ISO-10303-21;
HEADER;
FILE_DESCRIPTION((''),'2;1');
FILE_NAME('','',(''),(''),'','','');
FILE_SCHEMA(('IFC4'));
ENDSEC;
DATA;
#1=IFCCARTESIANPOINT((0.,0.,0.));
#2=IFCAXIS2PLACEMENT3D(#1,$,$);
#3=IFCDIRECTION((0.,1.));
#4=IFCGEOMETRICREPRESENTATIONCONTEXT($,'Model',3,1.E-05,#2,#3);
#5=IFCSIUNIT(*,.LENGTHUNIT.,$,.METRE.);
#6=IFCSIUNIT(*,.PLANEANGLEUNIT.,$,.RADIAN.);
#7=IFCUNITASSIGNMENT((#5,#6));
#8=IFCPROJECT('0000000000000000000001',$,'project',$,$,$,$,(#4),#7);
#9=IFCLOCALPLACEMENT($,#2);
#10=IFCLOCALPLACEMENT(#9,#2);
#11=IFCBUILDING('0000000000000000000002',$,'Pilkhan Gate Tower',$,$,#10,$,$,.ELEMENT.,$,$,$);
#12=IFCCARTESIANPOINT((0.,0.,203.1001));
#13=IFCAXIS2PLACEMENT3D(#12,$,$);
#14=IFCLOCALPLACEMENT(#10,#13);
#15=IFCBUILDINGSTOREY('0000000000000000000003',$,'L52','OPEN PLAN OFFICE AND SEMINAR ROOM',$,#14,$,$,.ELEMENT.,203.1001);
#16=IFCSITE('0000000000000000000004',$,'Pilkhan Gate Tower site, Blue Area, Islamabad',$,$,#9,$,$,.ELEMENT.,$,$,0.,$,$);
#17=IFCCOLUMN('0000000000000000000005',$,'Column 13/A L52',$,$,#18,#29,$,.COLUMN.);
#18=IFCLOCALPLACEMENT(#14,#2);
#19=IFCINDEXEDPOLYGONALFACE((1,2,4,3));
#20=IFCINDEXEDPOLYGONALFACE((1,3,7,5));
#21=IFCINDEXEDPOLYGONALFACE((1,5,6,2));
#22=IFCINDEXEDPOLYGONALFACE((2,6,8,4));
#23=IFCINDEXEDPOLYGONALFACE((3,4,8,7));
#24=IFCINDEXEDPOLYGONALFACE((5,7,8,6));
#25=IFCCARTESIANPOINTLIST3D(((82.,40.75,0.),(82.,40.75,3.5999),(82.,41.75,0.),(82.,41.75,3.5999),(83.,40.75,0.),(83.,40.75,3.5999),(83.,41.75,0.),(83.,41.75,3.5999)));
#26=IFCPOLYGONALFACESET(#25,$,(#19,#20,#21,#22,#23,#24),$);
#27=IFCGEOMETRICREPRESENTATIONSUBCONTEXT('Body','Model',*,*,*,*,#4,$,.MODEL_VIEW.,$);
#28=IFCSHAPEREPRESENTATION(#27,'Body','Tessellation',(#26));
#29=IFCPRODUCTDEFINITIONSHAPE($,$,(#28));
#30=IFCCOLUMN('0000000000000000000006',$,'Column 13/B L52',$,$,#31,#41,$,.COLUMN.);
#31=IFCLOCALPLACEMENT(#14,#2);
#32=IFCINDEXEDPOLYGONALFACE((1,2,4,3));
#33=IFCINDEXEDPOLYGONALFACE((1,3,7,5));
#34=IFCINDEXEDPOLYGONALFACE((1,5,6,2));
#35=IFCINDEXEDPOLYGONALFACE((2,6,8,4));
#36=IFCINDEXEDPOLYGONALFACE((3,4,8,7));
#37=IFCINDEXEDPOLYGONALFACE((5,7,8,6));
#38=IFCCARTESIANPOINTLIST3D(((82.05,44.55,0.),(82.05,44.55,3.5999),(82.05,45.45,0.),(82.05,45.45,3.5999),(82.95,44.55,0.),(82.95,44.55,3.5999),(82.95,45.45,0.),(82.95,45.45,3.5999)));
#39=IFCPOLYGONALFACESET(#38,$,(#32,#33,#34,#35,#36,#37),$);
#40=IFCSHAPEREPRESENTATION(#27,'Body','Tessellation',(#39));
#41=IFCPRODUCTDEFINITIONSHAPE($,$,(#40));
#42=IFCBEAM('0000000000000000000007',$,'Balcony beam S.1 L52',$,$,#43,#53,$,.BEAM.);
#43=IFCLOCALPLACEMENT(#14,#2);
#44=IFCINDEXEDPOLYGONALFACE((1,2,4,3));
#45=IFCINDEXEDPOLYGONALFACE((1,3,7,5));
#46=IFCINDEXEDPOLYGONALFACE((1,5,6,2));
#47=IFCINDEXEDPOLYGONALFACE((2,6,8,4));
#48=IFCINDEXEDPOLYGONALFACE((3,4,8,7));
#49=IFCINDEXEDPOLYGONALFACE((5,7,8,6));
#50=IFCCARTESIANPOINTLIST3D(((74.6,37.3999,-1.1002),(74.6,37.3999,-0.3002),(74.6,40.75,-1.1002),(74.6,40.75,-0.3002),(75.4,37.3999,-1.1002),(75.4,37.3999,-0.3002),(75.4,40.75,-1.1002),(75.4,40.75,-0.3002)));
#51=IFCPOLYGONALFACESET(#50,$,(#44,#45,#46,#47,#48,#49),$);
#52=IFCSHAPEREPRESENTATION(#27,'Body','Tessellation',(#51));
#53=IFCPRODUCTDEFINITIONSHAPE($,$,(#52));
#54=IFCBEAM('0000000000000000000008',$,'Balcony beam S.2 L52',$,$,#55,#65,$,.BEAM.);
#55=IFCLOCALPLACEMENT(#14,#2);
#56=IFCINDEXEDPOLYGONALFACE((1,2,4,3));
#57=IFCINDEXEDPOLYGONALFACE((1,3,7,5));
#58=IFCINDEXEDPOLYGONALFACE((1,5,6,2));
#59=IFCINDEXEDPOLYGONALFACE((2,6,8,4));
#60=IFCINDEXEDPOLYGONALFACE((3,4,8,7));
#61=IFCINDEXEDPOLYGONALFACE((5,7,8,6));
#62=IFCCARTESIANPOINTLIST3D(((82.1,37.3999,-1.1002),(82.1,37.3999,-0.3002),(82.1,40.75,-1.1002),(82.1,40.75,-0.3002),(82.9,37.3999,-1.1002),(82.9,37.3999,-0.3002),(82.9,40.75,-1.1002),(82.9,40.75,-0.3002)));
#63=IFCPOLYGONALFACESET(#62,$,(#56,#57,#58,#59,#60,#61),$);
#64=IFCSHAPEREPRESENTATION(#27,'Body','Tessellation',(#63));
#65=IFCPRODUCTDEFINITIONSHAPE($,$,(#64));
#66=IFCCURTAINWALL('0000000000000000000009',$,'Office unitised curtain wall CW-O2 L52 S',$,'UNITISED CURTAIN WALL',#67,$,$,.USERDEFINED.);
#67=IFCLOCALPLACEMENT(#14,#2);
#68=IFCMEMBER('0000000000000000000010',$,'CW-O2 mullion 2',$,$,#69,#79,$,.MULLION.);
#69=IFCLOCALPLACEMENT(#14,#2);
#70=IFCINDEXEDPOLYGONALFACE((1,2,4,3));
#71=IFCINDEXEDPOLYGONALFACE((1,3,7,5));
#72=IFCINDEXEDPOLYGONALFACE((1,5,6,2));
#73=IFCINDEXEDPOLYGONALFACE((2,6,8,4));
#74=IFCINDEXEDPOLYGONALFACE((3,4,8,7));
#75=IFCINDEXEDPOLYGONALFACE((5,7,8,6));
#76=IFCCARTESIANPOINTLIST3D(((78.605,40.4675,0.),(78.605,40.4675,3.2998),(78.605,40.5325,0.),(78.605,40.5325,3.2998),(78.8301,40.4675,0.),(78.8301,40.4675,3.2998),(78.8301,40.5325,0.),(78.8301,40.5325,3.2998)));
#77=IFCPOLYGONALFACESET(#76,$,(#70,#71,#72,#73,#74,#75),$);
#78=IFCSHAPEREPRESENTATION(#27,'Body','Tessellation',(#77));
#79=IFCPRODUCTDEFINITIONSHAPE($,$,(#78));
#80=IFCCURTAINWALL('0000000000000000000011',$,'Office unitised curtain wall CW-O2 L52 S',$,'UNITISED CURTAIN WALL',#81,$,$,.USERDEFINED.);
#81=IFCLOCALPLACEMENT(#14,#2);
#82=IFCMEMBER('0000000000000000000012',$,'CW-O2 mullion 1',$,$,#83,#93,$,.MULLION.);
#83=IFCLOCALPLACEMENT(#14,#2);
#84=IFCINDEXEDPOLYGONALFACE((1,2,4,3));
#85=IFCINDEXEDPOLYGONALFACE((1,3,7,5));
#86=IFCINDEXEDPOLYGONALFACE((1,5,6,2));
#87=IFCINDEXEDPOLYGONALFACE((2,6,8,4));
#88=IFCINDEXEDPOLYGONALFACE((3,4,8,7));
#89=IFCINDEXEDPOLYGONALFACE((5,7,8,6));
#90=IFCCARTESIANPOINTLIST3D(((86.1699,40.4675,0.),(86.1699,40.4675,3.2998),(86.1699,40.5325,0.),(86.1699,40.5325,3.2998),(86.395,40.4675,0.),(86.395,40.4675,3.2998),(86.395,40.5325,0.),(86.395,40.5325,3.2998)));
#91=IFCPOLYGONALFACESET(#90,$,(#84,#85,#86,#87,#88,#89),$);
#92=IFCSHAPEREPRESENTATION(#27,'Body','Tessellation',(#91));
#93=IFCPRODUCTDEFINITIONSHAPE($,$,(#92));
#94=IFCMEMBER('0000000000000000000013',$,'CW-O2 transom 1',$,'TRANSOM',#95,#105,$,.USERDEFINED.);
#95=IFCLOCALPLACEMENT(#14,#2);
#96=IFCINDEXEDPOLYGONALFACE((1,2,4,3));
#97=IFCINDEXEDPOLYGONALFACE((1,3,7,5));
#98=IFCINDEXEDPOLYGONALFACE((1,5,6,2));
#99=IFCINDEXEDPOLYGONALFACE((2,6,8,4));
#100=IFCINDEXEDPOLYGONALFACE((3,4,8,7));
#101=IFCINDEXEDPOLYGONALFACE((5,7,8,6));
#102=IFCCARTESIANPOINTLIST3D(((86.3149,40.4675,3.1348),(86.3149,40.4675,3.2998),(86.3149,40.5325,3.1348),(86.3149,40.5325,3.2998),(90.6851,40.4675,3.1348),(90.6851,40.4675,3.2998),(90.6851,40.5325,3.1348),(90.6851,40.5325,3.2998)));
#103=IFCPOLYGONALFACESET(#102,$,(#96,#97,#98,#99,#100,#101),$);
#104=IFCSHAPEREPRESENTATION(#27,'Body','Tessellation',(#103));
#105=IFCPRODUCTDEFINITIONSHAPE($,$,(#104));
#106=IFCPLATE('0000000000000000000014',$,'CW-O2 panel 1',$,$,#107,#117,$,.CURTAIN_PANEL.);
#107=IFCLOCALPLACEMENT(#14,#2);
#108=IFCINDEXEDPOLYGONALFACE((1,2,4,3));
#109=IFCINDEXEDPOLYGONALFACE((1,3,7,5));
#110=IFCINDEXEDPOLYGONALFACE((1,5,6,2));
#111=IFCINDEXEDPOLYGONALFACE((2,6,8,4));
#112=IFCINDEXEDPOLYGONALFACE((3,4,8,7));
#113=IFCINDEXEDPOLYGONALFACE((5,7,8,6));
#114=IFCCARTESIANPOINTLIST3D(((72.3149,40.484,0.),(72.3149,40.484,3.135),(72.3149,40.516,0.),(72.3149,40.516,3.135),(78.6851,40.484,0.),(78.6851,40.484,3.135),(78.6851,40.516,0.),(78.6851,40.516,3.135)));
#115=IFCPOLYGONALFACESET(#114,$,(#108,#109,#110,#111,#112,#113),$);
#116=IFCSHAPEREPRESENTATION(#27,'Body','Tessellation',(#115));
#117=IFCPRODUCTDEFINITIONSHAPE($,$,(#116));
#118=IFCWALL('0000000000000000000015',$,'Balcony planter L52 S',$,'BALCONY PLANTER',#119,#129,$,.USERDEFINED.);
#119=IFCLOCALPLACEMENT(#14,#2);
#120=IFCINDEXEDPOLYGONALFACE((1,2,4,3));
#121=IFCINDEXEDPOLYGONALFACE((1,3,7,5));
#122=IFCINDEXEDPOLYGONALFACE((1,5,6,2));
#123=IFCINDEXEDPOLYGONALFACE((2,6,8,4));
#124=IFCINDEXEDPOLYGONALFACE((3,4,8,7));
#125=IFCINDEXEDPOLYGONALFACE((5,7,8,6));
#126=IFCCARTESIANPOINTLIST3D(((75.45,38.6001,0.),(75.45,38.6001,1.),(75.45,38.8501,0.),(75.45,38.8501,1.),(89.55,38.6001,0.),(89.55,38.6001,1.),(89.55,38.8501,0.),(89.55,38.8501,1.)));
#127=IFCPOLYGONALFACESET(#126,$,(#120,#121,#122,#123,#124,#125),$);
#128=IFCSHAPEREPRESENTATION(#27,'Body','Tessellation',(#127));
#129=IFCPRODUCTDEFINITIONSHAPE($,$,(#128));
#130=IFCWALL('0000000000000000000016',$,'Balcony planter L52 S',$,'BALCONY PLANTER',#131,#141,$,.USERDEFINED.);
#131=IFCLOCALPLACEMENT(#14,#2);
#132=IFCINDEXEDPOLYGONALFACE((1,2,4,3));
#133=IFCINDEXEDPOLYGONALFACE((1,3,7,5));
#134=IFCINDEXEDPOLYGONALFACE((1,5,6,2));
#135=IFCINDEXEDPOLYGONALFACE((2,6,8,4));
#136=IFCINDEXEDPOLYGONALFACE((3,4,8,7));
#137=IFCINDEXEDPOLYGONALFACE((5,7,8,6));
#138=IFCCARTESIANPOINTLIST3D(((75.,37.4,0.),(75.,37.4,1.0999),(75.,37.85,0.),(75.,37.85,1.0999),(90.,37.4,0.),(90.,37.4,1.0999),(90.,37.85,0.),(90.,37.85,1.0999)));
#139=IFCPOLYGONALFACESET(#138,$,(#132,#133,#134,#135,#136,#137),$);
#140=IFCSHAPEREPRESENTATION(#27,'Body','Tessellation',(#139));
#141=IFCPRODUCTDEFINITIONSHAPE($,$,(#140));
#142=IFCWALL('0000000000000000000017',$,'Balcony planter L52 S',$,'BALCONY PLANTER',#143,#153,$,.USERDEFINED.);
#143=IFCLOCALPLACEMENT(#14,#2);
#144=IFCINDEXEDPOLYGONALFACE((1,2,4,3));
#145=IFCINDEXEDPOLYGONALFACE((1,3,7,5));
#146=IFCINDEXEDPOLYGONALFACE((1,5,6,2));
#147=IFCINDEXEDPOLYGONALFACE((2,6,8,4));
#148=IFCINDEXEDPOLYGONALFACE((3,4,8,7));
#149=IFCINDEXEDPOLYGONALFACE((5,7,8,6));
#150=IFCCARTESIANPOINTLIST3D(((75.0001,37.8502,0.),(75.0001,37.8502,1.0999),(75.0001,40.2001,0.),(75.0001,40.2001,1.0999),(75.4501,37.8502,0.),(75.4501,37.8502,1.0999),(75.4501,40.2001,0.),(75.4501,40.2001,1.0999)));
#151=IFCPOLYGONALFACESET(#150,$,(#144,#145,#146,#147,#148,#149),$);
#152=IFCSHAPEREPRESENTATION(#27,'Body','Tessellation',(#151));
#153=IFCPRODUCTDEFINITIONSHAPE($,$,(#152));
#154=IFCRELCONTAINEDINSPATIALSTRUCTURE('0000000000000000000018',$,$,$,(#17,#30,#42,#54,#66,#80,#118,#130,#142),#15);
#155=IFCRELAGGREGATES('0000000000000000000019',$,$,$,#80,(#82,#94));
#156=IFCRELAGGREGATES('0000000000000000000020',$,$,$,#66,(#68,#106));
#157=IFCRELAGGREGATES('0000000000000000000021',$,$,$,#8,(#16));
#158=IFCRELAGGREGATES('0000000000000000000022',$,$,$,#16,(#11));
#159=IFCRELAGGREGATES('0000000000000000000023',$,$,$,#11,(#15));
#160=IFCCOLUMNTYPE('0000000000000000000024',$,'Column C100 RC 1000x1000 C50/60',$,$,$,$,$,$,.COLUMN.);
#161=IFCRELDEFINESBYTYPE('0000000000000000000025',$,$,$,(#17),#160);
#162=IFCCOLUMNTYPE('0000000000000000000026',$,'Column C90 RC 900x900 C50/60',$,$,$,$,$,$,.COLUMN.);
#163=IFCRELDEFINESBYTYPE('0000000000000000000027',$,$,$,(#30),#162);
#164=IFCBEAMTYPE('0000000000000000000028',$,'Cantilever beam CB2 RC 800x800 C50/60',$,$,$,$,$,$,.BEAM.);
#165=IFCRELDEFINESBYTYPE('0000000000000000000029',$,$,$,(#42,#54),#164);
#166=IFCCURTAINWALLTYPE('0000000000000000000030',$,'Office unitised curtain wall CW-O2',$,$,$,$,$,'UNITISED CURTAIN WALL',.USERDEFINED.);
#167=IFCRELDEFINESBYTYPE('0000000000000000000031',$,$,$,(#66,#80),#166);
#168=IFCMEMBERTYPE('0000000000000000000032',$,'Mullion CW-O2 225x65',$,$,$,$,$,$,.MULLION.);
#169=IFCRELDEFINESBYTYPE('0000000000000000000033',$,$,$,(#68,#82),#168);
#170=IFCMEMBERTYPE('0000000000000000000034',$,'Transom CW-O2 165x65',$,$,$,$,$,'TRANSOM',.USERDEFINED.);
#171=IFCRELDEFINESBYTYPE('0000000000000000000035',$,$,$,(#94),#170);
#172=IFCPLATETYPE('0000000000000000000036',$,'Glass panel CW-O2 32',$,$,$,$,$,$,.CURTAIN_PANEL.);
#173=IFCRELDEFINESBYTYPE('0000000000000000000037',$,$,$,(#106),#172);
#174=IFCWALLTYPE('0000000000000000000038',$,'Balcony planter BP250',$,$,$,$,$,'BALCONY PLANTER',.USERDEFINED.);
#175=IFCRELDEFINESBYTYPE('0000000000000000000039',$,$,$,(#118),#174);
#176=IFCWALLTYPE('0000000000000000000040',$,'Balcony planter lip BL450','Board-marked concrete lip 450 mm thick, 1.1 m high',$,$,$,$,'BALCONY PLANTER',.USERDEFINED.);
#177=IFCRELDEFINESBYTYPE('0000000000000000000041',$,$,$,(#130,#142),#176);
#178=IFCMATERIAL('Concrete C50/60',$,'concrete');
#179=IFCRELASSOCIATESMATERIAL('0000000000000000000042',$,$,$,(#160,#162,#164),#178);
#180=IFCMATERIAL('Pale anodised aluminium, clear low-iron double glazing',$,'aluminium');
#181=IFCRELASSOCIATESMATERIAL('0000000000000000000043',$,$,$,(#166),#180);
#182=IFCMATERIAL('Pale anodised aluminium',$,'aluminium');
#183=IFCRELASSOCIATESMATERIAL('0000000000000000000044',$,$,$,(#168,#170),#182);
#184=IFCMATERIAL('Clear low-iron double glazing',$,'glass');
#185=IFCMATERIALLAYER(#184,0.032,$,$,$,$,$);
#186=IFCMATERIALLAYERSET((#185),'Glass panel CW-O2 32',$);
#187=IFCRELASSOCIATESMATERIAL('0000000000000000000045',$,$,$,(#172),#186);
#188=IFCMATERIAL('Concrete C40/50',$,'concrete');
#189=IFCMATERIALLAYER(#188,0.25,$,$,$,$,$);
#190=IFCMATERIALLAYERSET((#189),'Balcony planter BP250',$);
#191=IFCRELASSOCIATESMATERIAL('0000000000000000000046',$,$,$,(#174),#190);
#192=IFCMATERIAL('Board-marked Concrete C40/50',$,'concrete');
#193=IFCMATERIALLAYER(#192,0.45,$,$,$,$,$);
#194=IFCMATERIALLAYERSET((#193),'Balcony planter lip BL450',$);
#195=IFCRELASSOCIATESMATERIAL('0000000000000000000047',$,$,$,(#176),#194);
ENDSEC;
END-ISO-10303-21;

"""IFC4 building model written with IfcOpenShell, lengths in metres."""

from ifc_helpers import new_model, si_unit, direction, frame, frame_2d, origin, origin_2d, place, context, subcontext, project, spatial, rectangle, extrude, material, layer, layer_set, material_profile, profile_set, type_object, element, aggregate, save


model = new_model("IFC4")

# Units and contexts
model_context = context("Model", 3, precision=1e-05, world=origin(), true_north=direction((0.0, 1.0)))
body_context = subcontext(model_context, "Body", "Model", "MODEL_VIEW")
ifc_project = project(units=[si_unit("LENGTHUNIT", "METRE"), si_unit("PLANEANGLEUNIT", "RADIAN")], contexts=[model_context])

# Site, building, storey
site_placement = place(None, origin())
site = spatial("IfcSite", under=ifc_project, at=site_placement, Name="Pilkhan Gate Tower site, Blue Area, Islamabad", CompositionType="ELEMENT", RefElevation=0.0)
building_placement = place(site_placement, origin())
building = spatial("IfcBuilding", under=site, at=building_placement, Name="Pilkhan Gate Tower", CompositionType="ELEMENT")
storey_placement = place(building_placement, frame((0.0, 0.0, 203.1001)))
storey = spatial("IfcBuildingStorey", under=building, at=storey_placement, Name="L52", Description="OPEN PLAN OFFICE AND SEMINAR ROOM", CompositionType="ELEMENT", Elevation=203.1001)

# Columns
ifc_material_1 = material(Name="Concrete C50/60", Category="concrete")
ifc_material_profile_1 = material_profile(ifc_material_1, rectangle(XDim=1.0, YDim=1.0, at=origin_2d()), Name="RC 1000x1000")
ifc_profile_set_1 = profile_set([ifc_material_profile_1], Name="Concrete C50/60")
column_type_1 = type_object("IfcColumnType", Name="Column C100 RC 1000x1000 C50/60", PredefinedType="COLUMN", material=ifc_profile_set_1)
column_1_placement = place(storey_placement, frame((82.5, 41.25, 0.0), z_axis=(0.0, 0.0, 1.0), x_axis=(1.0, 0.0, 0.0)))
element("IfcColumn", 1, at=column_1_placement, inside=storey, type_object=column_type_1, Name="Column 13/A L52", PredefinedType="COLUMN", context=body_context, shape_type="SweptSolid", body=[
    extrude(rectangle(XDim=1.0, YDim=1.0, at=origin_2d()), origin(), (0.0, 0.0, 1.0), 3.5999),
])
ifc_material_profile_2 = material_profile(ifc_material_1, rectangle(XDim=0.8999, YDim=0.8999, at=origin_2d()), Name="RC 900x900")
ifc_profile_set_2 = profile_set([ifc_material_profile_2], Name="Concrete C50/60")
column_type_2 = type_object("IfcColumnType", Name="Column C90 RC 900x900 C50/60", PredefinedType="COLUMN", material=ifc_profile_set_2)
column_2_placement = place(storey_placement, frame((82.5, 45.0, 0.0), z_axis=(0.0, 0.0, 1.0), x_axis=(1.0, 0.0, 0.0)))
element("IfcColumn", 2, at=column_2_placement, inside=storey, type_object=column_type_2, Name="Column 13/B L52", PredefinedType="COLUMN", context=body_context, shape_type="SweptSolid", body=[
    extrude(rectangle(XDim=0.8999, YDim=0.8999, at=origin_2d()), origin(), (0.0, 0.0, 1.0), 3.5999),
])

# Beams
ifc_material_profile_3 = material_profile(ifc_material_1, rectangle(XDim=0.8, YDim=0.8, at=origin_2d()), Name="RC 800x800")
ifc_profile_set_3 = profile_set([ifc_material_profile_3], Name="Concrete C50/60")
beam_type = type_object("IfcBeamType", Name="Cantilever beam CB2 RC 800x800 C50/60", PredefinedType="BEAM", material=ifc_profile_set_3)
for number, where, z_axis, x_axis, name in (
    (3, (75.0, 40.75, -0.7002), (0.0, -1.0, 0.0), (1.0, 0.0, 0.0), "Balcony beam S.1 L52"),
    (4, (82.5, 40.75, -0.7002), (0.0, -1.0, 0.0), (1.0, 0.0, 0.0), "Balcony beam S.2 L52"),
):
    element("IfcBeam", number, at=place(storey_placement, frame(where, z_axis=z_axis, x_axis=x_axis)), inside=storey, type_object=beam_type, Name=name, PredefinedType="BEAM", context=body_context, shape_type="SweptSolid", body=[
        extrude(rectangle(XDim=0.8, YDim=0.8, at=origin_2d()), origin(), (0.0, 0.0, 1.0), 3.3501),
    ])

# Curtain wall, member
ifc_material_2 = material(Name="Pale anodised aluminium, clear low-iron double glazing", Category="aluminium")
curtain_wall_type = type_object("IfcCurtainWallType", Name="Office unitised curtain wall CW-O2", ElementType="UNITISED CURTAIN WALL", PredefinedType="USERDEFINED", material=ifc_material_2)
curtain_wall_1_placement = place(storey_placement, origin())
curtain_wall_1 = element("IfcCurtainWall", 5, at=curtain_wall_1_placement, inside=storey, type_object=curtain_wall_type, Name="Office unitised curtain wall CW-O2 L52 S", ObjectType="UNITISED CURTAIN WALL", PredefinedType="USERDEFINED")
ifc_material_3 = material(Name="Pale anodised aluminium", Category="aluminium")
ifc_material_profile_4 = material_profile(ifc_material_3, rectangle(XDim=0.0649, YDim=0.2251, at=origin_2d()), Name="Mullion 225x65")
ifc_profile_set_4 = profile_set([ifc_material_profile_4], Name="Pale anodised aluminium")
member_type_1 = type_object("IfcMemberType", Name="Mullion CW-O2 225x65", PredefinedType="MULLION", material=ifc_profile_set_4)
member_1_placement = place(storey_placement, frame((78.7175, 40.5, 0.0), z_axis=(0.0, 0.0, 1.0), x_axis=(0.0, 1.0, 0.0)))
member_1 = element("IfcMember", 6, at=member_1_placement, type_object=member_type_1, Name="CW-O2 mullion 2", PredefinedType="MULLION", context=body_context, shape_type="SweptSolid", body=[
    extrude(rectangle(XDim=0.0649, YDim=0.2251, at=origin_2d()), origin(), (0.0, 0.0, 1.0), 3.2998),
])

# Curtain wall, members
curtain_wall_2_placement = place(storey_placement, origin())
curtain_wall_2 = element("IfcCurtainWall", 7, at=curtain_wall_2_placement, inside=storey, type_object=curtain_wall_type, Name="Office unitised curtain wall CW-O2 L52 S", ObjectType="UNITISED CURTAIN WALL", PredefinedType="USERDEFINED")
member_2_placement = place(storey_placement, frame((86.2825, 40.5, 0.0), z_axis=(0.0, 0.0, 1.0), x_axis=(0.0, 1.0, 0.0)))
member_2 = element("IfcMember", 8, at=member_2_placement, type_object=member_type_1, Name="CW-O2 mullion 1", PredefinedType="MULLION", context=body_context, shape_type="SweptSolid", body=[
    extrude(rectangle(XDim=0.0649, YDim=0.2251, at=origin_2d()), origin(), (0.0, 0.0, 1.0), 3.2998),
])
ifc_material_profile_5 = material_profile(ifc_material_3, rectangle(XDim=0.0649, YDim=0.165, at=origin_2d()), Name="Transom 165x65")
ifc_profile_set_5 = profile_set([ifc_material_profile_5], Name="Pale anodised aluminium")
member_type_2 = type_object("IfcMemberType", Name="Transom CW-O2 165x65", ElementType="TRANSOM", PredefinedType="USERDEFINED", material=ifc_profile_set_5)
member_3_placement = place(storey_placement, frame((86.3149, 40.5, 3.2173), z_axis=(1.0, 0.0, 0.0), x_axis=(0.0, 1.0, 0.0)))
member_3 = element("IfcMember", 9, at=member_3_placement, type_object=member_type_2, Name="CW-O2 transom 1", ObjectType="TRANSOM", PredefinedType="USERDEFINED", context=body_context, shape_type="SweptSolid", body=[
    extrude(rectangle(XDim=0.0649, YDim=0.165, at=origin_2d()), origin(), (0.0, 0.0, 1.0), 4.3701),
])
aggregate(curtain_wall_2, [member_2, member_3])

# Plate
ifc_material_4 = material(Name="Clear low-iron double glazing", Category="glass")
ifc_layer_1 = layer(ifc_material_4, 0.032)
ifc_layer_set_1 = layer_set([ifc_layer_1], Name="Glass panel CW-O2 32")
plate_type = type_object("IfcPlateType", Name="Glass panel CW-O2 32", PredefinedType="CURTAIN_PANEL", material=ifc_layer_set_1)
plate_placement = place(storey_placement, frame((75.5, 40.5, 0.0), z_axis=(0.0, 0.0, 1.0), x_axis=(1.0, 0.0, 0.0)))
plate = element("IfcPlate", 10, at=plate_placement, type_object=plate_type, Name="CW-O2 panel 1", PredefinedType="CURTAIN_PANEL", context=body_context, shape_type="SweptSolid", body=[
    extrude(rectangle(XDim=6.3701, YDim=0.032, at=origin_2d()), origin(), (0.0, 0.0, 1.0), 3.135),
])
aggregate(curtain_wall_1, [member_1, plate])

# Walls
ifc_material_5 = material(Name="Concrete C40/50", Category="concrete")
ifc_layer_2 = layer(ifc_material_5, 0.25)
ifc_layer_set_2 = layer_set([ifc_layer_2], Name="Balcony planter BP250")
wall_type_1 = type_object("IfcWallType", Name="Balcony planter BP250", ElementType="BALCONY PLANTER", PredefinedType="USERDEFINED", material=ifc_layer_set_2)
wall_1_placement = place(storey_placement, frame((75.45, 38.7251, 0.0), z_axis=(0.0, 0.0, 1.0), x_axis=(1.0, 0.0, 0.0)))
element("IfcWall", 11, at=wall_1_placement, inside=storey, type_object=wall_type_1, Name="Balcony planter L52 S", ObjectType="BALCONY PLANTER", PredefinedType="USERDEFINED", context=body_context, shape_type="SweptSolid", body=[
    extrude(rectangle(XDim=14.1001, YDim=0.25, at=frame_2d((7.05, 0.0))), origin(), (0.0, 0.0, 1.0), 1.0),
])
ifc_material_6 = material(Name="Board-marked Concrete C40/50", Category="concrete")
ifc_layer_3 = layer(ifc_material_6, 0.45)
ifc_layer_set_3 = layer_set([ifc_layer_3], Name="Balcony planter lip BL450")
wall_type_2 = type_object("IfcWallType", Name="Balcony planter lip BL450", Description="Board-marked concrete lip 450 mm thick, 1.1 m high", ElementType="BALCONY PLANTER", PredefinedType="USERDEFINED", material=ifc_layer_set_3)
wall_2_placement = place(storey_placement, frame((75.0, 37.625, 0.0), z_axis=(0.0, 0.0, 1.0), x_axis=(1.0, 0.0, 0.0)))
element("IfcWall", 12, at=wall_2_placement, inside=storey, type_object=wall_type_2, Name="Balcony planter L52 S", ObjectType="BALCONY PLANTER", PredefinedType="USERDEFINED", context=body_context, shape_type="SweptSolid", body=[
    extrude(rectangle(XDim=15.0, YDim=0.45, at=frame_2d((7.5, 0.0))), origin(), (0.0, 0.0, 1.0), 1.0999),
])
wall_3_placement = place(storey_placement, frame((75.2251, 40.2, 0.0), z_axis=(0.0, 0.0, 1.0), x_axis=(0.0, -1.0, 0.0)))
element("IfcWall", 13, at=wall_3_placement, inside=storey, type_object=wall_type_2, Name="Balcony planter L52 S", ObjectType="BALCONY PLANTER", PredefinedType="USERDEFINED", context=body_context, shape_type="SweptSolid", body=[
    extrude(rectangle(XDim=2.3499, YDim=0.45, at=frame_2d((1.1748, 0.0))), origin(), (0.0, 0.0, 1.0), 1.0999),
])

save(model, "model.ifc")
